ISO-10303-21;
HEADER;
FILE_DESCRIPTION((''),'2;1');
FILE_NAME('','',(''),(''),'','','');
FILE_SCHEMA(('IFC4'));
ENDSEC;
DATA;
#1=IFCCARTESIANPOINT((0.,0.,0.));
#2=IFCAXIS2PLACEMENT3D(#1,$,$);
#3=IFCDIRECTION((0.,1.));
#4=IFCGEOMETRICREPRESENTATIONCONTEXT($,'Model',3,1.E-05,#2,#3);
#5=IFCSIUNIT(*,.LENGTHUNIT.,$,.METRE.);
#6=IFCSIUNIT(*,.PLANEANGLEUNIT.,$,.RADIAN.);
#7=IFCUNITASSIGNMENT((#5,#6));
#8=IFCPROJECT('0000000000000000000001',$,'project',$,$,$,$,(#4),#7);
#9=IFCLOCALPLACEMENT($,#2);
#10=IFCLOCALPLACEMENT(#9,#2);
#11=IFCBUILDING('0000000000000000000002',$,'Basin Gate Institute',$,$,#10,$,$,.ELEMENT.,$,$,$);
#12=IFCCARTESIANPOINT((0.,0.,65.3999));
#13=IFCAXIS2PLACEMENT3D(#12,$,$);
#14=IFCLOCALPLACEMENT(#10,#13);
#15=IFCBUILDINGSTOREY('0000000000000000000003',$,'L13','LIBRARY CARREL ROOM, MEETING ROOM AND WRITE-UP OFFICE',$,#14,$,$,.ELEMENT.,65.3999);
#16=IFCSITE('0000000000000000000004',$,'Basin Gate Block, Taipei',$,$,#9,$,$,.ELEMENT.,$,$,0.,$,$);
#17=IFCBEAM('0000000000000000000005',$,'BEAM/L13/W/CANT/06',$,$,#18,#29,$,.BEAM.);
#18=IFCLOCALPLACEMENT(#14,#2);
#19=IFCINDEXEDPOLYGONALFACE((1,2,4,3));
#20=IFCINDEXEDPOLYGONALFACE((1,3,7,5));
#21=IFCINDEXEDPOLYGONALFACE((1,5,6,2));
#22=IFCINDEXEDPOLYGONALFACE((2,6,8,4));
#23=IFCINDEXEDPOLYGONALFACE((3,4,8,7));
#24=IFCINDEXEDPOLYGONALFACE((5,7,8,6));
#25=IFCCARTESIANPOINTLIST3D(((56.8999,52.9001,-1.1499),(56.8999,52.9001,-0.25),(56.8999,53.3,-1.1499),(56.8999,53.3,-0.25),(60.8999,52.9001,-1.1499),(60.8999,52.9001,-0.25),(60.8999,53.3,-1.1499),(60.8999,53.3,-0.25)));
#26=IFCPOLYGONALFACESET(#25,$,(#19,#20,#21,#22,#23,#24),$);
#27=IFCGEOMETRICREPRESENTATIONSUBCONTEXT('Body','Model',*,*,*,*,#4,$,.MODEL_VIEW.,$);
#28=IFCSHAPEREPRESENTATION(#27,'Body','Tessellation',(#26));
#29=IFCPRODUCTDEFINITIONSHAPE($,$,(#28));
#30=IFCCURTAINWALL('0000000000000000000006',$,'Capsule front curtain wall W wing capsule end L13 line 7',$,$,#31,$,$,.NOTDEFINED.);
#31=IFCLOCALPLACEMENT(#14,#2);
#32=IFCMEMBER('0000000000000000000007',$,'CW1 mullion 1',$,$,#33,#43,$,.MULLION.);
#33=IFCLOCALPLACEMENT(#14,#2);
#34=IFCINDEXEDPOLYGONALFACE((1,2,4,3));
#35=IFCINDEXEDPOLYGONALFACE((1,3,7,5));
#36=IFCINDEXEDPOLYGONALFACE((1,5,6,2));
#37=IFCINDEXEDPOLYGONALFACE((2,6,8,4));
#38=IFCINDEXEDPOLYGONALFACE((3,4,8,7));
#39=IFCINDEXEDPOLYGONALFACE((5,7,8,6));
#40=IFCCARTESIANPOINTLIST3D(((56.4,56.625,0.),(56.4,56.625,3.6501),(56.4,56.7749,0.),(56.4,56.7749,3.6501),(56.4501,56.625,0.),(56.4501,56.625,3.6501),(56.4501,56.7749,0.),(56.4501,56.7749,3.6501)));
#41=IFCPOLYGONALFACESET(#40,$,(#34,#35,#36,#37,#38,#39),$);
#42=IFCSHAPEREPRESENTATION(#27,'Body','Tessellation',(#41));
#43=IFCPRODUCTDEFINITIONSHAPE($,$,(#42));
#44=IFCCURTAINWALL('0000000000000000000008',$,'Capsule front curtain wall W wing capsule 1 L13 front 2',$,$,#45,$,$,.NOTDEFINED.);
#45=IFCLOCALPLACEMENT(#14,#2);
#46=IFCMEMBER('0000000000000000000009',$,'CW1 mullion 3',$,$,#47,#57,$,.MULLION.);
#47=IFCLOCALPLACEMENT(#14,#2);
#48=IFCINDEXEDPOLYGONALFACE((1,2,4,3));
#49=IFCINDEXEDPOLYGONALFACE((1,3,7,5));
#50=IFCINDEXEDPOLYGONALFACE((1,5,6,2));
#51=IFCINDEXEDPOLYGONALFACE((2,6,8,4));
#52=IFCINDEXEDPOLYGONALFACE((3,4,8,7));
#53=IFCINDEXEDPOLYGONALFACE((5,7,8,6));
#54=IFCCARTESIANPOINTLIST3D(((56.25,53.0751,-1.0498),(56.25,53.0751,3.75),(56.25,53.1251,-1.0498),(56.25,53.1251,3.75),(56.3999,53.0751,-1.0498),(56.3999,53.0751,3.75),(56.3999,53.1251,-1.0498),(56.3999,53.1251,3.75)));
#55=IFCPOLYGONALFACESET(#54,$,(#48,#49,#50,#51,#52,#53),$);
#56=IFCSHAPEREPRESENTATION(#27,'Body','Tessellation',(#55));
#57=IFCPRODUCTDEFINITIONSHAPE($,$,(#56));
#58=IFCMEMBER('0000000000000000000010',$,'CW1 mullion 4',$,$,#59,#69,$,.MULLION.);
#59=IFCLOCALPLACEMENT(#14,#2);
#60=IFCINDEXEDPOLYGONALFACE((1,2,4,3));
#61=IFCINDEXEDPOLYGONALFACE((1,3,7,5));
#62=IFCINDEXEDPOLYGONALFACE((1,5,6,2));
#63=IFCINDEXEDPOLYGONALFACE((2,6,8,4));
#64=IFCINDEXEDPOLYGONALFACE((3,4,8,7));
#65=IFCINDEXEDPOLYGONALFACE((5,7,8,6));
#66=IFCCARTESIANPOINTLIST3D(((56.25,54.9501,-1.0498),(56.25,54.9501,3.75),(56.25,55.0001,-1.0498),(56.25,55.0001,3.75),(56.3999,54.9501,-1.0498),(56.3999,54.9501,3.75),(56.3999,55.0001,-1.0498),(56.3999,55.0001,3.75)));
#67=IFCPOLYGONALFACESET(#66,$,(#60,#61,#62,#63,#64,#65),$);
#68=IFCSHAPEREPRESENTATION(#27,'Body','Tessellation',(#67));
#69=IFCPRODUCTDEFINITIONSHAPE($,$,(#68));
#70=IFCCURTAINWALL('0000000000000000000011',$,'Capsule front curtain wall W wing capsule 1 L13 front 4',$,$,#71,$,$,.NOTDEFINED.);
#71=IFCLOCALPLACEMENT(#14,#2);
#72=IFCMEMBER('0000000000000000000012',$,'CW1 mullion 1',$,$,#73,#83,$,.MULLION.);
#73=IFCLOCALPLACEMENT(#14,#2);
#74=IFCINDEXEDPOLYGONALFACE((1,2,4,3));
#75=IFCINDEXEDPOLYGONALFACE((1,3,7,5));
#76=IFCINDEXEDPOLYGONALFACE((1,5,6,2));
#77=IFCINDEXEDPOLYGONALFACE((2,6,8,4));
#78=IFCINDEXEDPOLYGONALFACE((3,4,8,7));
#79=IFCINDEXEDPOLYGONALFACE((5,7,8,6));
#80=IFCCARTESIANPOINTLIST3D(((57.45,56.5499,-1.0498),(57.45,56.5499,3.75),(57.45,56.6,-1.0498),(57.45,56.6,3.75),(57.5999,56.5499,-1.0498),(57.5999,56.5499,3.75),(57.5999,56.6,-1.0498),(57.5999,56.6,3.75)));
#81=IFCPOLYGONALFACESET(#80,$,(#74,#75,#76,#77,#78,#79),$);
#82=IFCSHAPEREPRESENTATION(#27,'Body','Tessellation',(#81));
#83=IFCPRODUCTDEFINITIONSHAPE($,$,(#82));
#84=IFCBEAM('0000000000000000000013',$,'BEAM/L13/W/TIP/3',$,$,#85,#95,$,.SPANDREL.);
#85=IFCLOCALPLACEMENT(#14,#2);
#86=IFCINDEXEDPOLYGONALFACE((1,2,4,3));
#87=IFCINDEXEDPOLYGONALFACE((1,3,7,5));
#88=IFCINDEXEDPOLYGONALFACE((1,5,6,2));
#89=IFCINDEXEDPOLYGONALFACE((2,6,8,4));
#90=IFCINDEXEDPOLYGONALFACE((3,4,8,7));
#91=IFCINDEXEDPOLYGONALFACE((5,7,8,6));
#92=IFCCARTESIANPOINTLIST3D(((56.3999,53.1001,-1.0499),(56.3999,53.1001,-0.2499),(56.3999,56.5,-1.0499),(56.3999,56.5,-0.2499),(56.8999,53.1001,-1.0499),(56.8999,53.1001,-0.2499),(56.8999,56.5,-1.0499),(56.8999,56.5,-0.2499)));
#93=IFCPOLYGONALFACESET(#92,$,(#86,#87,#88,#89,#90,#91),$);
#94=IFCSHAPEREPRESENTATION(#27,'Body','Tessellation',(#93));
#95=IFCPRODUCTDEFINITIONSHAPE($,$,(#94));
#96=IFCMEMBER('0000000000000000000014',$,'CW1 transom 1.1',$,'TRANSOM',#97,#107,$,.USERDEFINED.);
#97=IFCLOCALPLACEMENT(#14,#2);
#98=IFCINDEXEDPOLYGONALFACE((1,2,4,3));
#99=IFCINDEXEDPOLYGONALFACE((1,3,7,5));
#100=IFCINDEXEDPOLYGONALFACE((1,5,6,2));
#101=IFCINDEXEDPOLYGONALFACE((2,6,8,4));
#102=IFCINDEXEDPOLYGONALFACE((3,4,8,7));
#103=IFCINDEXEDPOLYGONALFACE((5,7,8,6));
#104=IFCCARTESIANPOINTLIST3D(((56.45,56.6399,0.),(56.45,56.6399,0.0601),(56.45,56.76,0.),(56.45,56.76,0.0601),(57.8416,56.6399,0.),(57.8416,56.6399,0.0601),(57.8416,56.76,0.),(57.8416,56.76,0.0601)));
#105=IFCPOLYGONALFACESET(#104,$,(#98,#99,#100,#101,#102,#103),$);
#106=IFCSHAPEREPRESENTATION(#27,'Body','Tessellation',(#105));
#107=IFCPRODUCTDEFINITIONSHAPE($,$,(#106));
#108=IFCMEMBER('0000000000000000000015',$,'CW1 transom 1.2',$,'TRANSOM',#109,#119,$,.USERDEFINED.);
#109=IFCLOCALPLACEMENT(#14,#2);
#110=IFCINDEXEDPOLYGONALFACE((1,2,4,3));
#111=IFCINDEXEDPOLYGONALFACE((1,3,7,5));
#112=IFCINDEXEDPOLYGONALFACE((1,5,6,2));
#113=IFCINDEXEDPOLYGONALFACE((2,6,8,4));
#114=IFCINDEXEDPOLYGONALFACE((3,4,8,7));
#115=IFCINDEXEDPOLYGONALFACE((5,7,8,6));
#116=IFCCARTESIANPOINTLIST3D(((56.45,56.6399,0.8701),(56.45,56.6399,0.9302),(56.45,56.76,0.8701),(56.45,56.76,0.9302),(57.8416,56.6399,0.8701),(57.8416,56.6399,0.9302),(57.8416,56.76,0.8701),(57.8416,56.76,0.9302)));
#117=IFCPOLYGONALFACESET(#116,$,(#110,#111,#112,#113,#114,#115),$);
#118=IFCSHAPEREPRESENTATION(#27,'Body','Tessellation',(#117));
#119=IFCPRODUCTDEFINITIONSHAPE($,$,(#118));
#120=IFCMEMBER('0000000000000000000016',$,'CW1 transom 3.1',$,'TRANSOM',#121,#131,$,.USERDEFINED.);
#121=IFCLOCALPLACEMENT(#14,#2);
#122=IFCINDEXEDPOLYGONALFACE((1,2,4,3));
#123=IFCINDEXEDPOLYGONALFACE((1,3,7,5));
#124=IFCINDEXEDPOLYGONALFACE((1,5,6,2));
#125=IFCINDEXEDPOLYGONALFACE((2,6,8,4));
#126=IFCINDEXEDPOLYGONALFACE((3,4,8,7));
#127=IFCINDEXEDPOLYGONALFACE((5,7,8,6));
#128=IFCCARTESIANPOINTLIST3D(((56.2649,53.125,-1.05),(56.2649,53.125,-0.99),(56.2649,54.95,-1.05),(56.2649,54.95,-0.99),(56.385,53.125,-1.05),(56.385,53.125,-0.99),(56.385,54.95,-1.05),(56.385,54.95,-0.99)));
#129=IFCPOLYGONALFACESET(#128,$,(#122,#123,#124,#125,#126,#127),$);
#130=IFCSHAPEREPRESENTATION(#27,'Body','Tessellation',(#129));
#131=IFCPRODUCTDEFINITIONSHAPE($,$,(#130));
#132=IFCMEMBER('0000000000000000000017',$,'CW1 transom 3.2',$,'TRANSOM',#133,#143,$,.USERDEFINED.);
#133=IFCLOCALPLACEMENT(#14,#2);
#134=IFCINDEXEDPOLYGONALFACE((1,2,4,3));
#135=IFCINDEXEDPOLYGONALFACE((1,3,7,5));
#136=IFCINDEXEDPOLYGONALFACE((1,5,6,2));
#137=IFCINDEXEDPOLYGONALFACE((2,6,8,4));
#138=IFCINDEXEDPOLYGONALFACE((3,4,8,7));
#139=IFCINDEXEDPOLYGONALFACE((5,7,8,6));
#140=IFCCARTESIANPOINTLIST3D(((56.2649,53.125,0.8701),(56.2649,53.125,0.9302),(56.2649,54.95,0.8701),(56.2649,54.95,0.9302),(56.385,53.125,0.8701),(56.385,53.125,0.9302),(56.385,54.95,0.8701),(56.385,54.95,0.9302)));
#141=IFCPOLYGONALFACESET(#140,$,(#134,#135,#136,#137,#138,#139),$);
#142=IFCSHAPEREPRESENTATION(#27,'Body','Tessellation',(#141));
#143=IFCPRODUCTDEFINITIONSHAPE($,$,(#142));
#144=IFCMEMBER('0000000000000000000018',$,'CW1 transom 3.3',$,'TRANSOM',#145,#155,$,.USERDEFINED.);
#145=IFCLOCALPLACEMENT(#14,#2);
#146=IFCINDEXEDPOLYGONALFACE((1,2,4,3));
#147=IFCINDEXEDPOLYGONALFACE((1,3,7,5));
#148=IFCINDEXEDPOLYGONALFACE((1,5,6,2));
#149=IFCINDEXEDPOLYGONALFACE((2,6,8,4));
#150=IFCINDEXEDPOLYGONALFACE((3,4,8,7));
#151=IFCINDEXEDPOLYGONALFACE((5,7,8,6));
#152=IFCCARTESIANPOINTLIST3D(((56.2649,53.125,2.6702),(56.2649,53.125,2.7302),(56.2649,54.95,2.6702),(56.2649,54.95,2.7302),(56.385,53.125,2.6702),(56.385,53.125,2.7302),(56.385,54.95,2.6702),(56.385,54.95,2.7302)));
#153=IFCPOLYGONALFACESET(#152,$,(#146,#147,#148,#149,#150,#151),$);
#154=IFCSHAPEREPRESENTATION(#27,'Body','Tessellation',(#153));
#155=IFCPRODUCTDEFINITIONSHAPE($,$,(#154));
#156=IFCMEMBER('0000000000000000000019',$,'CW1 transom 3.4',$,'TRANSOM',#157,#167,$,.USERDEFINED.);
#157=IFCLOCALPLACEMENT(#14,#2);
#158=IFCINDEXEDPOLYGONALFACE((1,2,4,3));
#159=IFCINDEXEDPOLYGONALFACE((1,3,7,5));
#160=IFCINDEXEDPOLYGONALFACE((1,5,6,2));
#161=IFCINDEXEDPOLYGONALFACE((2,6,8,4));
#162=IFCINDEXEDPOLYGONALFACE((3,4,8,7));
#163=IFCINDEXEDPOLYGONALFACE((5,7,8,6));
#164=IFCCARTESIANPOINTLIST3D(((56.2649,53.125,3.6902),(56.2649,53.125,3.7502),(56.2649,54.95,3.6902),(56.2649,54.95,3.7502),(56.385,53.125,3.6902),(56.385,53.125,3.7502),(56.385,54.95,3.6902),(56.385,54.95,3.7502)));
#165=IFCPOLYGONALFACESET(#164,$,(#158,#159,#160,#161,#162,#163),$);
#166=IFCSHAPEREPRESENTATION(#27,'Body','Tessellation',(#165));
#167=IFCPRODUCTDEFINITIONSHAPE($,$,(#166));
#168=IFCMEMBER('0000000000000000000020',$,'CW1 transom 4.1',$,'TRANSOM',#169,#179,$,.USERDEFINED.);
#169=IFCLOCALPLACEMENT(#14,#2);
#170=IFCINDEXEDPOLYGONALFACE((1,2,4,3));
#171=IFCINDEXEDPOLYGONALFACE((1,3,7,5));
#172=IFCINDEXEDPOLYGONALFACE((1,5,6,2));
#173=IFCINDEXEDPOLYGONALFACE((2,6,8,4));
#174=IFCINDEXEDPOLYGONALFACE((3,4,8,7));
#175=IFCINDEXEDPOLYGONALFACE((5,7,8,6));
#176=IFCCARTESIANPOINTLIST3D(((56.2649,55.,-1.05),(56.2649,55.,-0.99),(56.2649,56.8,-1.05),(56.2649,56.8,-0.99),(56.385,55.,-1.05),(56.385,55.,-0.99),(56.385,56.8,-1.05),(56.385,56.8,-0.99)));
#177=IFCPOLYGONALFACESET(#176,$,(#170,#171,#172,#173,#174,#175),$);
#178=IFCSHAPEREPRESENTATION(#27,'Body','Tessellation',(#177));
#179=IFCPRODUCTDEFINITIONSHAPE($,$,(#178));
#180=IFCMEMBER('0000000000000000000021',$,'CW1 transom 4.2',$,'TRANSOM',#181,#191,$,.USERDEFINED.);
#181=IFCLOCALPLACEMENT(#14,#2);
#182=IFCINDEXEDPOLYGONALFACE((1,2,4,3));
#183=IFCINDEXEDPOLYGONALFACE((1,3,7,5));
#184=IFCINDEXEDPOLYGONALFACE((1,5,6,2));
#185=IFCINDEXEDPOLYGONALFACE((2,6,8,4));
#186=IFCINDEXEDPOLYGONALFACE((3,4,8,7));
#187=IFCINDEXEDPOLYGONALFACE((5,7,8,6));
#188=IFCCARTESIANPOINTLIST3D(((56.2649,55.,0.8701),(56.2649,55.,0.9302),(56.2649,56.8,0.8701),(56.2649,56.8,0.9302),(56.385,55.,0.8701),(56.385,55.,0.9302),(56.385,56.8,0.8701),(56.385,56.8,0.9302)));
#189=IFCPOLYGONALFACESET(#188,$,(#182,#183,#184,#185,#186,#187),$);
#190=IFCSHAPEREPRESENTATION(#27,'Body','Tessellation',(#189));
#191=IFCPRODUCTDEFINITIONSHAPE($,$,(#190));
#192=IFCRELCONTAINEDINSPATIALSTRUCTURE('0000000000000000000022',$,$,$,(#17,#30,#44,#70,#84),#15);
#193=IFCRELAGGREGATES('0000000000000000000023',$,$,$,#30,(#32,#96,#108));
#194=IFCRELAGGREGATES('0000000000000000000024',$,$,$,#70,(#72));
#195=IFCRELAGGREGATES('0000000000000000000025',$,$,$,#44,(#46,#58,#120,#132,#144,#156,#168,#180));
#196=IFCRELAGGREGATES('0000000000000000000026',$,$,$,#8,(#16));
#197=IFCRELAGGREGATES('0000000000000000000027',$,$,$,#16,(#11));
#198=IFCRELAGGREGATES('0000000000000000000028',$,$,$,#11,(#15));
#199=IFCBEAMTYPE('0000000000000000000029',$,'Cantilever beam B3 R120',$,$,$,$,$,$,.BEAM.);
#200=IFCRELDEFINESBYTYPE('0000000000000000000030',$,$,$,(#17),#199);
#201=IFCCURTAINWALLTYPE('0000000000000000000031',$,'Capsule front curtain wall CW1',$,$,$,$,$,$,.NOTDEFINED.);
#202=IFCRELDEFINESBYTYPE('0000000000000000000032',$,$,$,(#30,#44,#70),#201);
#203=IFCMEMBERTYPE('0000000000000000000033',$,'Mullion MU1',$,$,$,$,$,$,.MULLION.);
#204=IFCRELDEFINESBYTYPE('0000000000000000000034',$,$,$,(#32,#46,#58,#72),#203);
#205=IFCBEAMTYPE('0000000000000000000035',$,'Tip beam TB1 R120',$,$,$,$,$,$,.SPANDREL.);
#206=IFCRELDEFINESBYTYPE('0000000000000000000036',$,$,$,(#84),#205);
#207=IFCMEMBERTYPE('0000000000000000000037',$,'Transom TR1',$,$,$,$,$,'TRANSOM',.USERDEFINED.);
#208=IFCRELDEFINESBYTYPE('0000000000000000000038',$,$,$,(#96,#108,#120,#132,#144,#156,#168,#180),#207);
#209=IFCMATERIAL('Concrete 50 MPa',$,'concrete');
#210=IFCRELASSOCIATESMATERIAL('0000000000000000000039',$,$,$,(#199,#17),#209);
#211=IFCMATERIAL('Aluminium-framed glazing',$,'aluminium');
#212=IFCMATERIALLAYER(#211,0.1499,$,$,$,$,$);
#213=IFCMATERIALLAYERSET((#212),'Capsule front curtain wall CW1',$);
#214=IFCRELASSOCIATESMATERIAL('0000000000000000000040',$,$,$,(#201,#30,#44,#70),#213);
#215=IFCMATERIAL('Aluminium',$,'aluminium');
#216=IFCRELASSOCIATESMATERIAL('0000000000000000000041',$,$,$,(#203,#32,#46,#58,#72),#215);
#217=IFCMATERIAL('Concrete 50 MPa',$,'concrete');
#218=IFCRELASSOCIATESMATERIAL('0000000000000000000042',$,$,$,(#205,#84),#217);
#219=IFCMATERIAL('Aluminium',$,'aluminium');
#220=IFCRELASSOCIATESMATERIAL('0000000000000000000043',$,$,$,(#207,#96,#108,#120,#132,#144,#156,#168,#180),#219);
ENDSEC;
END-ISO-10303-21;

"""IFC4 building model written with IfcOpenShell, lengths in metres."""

from ifc_helpers import new_model, si_unit, direction, frame, origin, origin_2d, place, context, subcontext, project, spatial, rectangle, extrude, material, layer, layer_set, material_profile, profile_set, type_object, element, aggregate, save


model = new_model("IFC4")

# Units and contexts
model_context = context("Model", 3, precision=1e-05, world=origin(), true_north=direction((0.0, 1.0)))
body_context = subcontext(model_context, "Body", "Model", "MODEL_VIEW")
ifc_project = project(units=[si_unit("LENGTHUNIT", "METRE"), si_unit("PLANEANGLEUNIT", "RADIAN")], contexts=[model_context])

# Site, building, storey
site_placement = place(None, origin())
site = spatial("IfcSite", under=ifc_project, at=site_placement, Name="Basin Gate Block, Taipei", CompositionType="ELEMENT", RefElevation=0.0)
building_placement = place(site_placement, origin())
building = spatial("IfcBuilding", under=site, at=building_placement, Name="Basin Gate Institute", CompositionType="ELEMENT")
storey_placement = place(building_placement, frame((0.0, 0.0, 65.3999)))
storey = spatial("IfcBuildingStorey", under=building, at=storey_placement, Name="L13", Description="LIBRARY CARREL ROOM, MEETING ROOM AND WRITE-UP OFFICE", CompositionType="ELEMENT", Elevation=65.3999)

# Beam
ifc_material_1 = material(Name="Concrete 50 MPa", Category="concrete")
ifc_material_profile_1 = material_profile(ifc_material_1, rectangle(XDim=0.3999, YDim=0.8999, at=origin_2d()), Name="Cantilever beam B3 400 x 900")
ifc_profile_set_1 = profile_set([ifc_material_profile_1], Name="Concrete 50 MPa")
beam_type_1 = type_object("IfcBeamType", Name="Cantilever beam B3 R120", PredefinedType="BEAM", material=ifc_profile_set_1)
beam_1_placement = place(storey_placement, frame((56.8999, 53.1001, -0.7), z_axis=(1.0, 0.0, 0.0), x_axis=(0.0, 1.0, 0.0)))
element("IfcBeam", 1, at=beam_1_placement, inside=storey, type_object=beam_type_1, material=ifc_profile_set_1, Name="BEAM/L13/W/CANT/06", PredefinedType="BEAM", context=body_context, shape_type="SweptSolid", body=[
    extrude(rectangle(XDim=0.3999, YDim=0.8999, at=origin_2d()), origin(), (0.0, 0.0, 1.0), 4.0),
])

# Curtain wall, member
ifc_material_2 = material(Name="Aluminium-framed glazing", Category="aluminium")
ifc_layer_1 = layer(ifc_material_2, 0.1499)
ifc_layer_set_1 = layer_set([ifc_layer_1], Name="Capsule front curtain wall CW1")
curtain_wall_type = type_object("IfcCurtainWallType", Name="Capsule front curtain wall CW1", PredefinedType="NOTDEFINED", material=ifc_layer_set_1)
curtain_wall_1_placement = place(storey_placement, origin())
curtain_wall_1 = element("IfcCurtainWall", 2, at=curtain_wall_1_placement, inside=storey, type_object=curtain_wall_type, material=ifc_layer_set_1, Name="Capsule front curtain wall W wing capsule end L13 line 7", PredefinedType="NOTDEFINED")
ifc_material_3 = material(Name="Aluminium", Category="aluminium")
ifc_material_profile_2 = material_profile(ifc_material_3, rectangle(XDim=0.1499, YDim=0.05, at=origin_2d()), Name="Mullion MU1 150 x 50")
ifc_profile_set_2 = profile_set([ifc_material_profile_2], Name="Aluminium")
member_type_1 = type_object("IfcMemberType", Name="Mullion MU1", PredefinedType="MULLION", material=ifc_profile_set_2)
member_1_placement = place(storey_placement, frame((56.425, 56.7, 0.0), z_axis=(0.0, 0.0, 1.0), x_axis=(0.0, 1.0, 0.0)))
member_1 = element("IfcMember", 3, at=member_1_placement, type_object=member_type_1, material=ifc_profile_set_2, Name="CW1 mullion 1", PredefinedType="MULLION", context=body_context, shape_type="SweptSolid", body=[
    extrude(rectangle(XDim=0.1499, YDim=0.05, at=origin_2d()), origin(), (0.0, 0.0, 1.0), 3.6501),
])

# Curtain wall, members
curtain_wall_2_placement = place(storey_placement, origin())
curtain_wall_2 = element("IfcCurtainWall", 4, at=curtain_wall_2_placement, inside=storey, type_object=curtain_wall_type, material=ifc_layer_set_1, Name="Capsule front curtain wall W wing capsule 1 L13 front 2", PredefinedType="NOTDEFINED")
member_2_placement = place(storey_placement, frame((56.325, 53.1001, -1.0498), z_axis=(0.0, 0.0, 1.0), x_axis=(-1.0, 0.0, 0.0)))
member_2 = element("IfcMember", 5, at=member_2_placement, type_object=member_type_1, material=ifc_profile_set_2, Name="CW1 mullion 3", PredefinedType="MULLION", context=body_context, shape_type="SweptSolid", body=[
    extrude(rectangle(XDim=0.1499, YDim=0.05, at=origin_2d()), origin(), (0.0, 0.0, 1.0), 4.7998),
])
member_3_placement = place(storey_placement, frame((56.325, 54.9751, -1.0498), z_axis=(0.0, 0.0, 1.0), x_axis=(-1.0, 0.0, 0.0)))
member_3 = element("IfcMember", 6, at=member_3_placement, type_object=member_type_1, material=ifc_profile_set_2, Name="CW1 mullion 4", PredefinedType="MULLION", context=body_context, shape_type="SweptSolid", body=[
    extrude(rectangle(XDim=0.1499, YDim=0.05, at=origin_2d()), origin(), (0.0, 0.0, 1.0), 4.7998),
])

# Curtain wall, member
curtain_wall_3_placement = place(storey_placement, origin())
curtain_wall_3 = element("IfcCurtainWall", 7, at=curtain_wall_3_placement, inside=storey, type_object=curtain_wall_type, material=ifc_layer_set_1, Name="Capsule front curtain wall W wing capsule 1 L13 front 4", PredefinedType="NOTDEFINED")
member_4_placement = place(storey_placement, frame((57.5249, 56.575, -1.0498), z_axis=(0.0, 0.0, 1.0), x_axis=(-1.0, 0.0, 0.0)))
member_4 = element("IfcMember", 8, at=member_4_placement, type_object=member_type_1, material=ifc_profile_set_2, Name="CW1 mullion 1", PredefinedType="MULLION", context=body_context, shape_type="SweptSolid", body=[
    extrude(rectangle(XDim=0.1499, YDim=0.05, at=origin_2d()), origin(), (0.0, 0.0, 1.0), 4.7998),
])

# Beam
ifc_material_4 = material(Name="Concrete 50 MPa", Category="concrete")
ifc_material_profile_3 = material_profile(ifc_material_4, rectangle(XDim=0.5, YDim=0.8, at=origin_2d()), Name="Tip beam TB1 500 x 800")
ifc_profile_set_3 = profile_set([ifc_material_profile_3], Name="Concrete 50 MPa")
beam_type_2 = type_object("IfcBeamType", Name="Tip beam TB1 R120", PredefinedType="SPANDREL", material=ifc_profile_set_3)
beam_2_placement = place(storey_placement, frame((56.6499, 53.1001, -0.6499), z_axis=(0.0, 1.0, 0.0), x_axis=(-1.0, 0.0, 0.0)))
element("IfcBeam", 9, at=beam_2_placement, inside=storey, type_object=beam_type_2, material=ifc_profile_set_3, Name="BEAM/L13/W/TIP/3", PredefinedType="SPANDREL", context=body_context, shape_type="SweptSolid", body=[
    extrude(rectangle(XDim=0.5, YDim=0.8, at=origin_2d()), origin(), (0.0, 0.0, 1.0), 3.3999),
])

# Members
ifc_material_5 = material(Name="Aluminium", Category="aluminium")
ifc_material_profile_4 = material_profile(ifc_material_5, rectangle(XDim=0.1201, YDim=0.0601, at=origin_2d()), Name="Transom TR1 120 x 60")
ifc_profile_set_4 = profile_set([ifc_material_profile_4], Name="Aluminium")
member_type_2 = type_object("IfcMemberType", Name="Transom TR1", ElementType="TRANSOM", PredefinedType="USERDEFINED", material=ifc_profile_set_4)
member_5_placement = place(storey_placement, frame((56.45, 56.7, 0.03), z_axis=(1.0, 0.0, 0.0), x_axis=(0.0, 1.0, 0.0)))
member_5 = element("IfcMember", 10, at=member_5_placement, type_object=member_type_2, material=ifc_profile_set_4, Name="CW1 transom 1.1", ObjectType="TRANSOM", PredefinedType="USERDEFINED", context=body_context, shape_type="SweptSolid", body=[
    extrude(rectangle(XDim=0.1201, YDim=0.0601, at=origin_2d()), origin(), (0.0, 0.0, 1.0), 1.3916),
])
member_6_placement = place(storey_placement, frame((56.45, 56.7, 0.9001), z_axis=(1.0, 0.0, 0.0), x_axis=(0.0, 1.0, 0.0)))
member_6 = element("IfcMember", 11, at=member_6_placement, type_object=member_type_2, material=ifc_profile_set_4, Name="CW1 transom 1.2", ObjectType="TRANSOM", PredefinedType="USERDEFINED", context=body_context, shape_type="SweptSolid", body=[
    extrude(rectangle(XDim=0.1201, YDim=0.0601, at=origin_2d()), origin(), (0.0, 0.0, 1.0), 1.3916),
])
aggregate(curtain_wall_1, [member_1, member_5, member_6])
member_7_placement = place(storey_placement, frame((56.325, 53.125, -1.02), z_axis=(0.0, 1.0, 0.0), x_axis=(-1.0, 0.0, 0.0)))
member_7 = element("IfcMember", 12, at=member_7_placement, type_object=member_type_2, material=ifc_profile_set_4, Name="CW1 transom 3.1", ObjectType="TRANSOM", PredefinedType="USERDEFINED", context=body_context, shape_type="SweptSolid", body=[
    extrude(rectangle(XDim=0.1201, YDim=0.0601, at=origin_2d()), origin(), (0.0, 0.0, 1.0), 1.825),
])
member_8_placement = place(storey_placement, frame((56.325, 53.125, 0.9001), z_axis=(0.0, 1.0, 0.0), x_axis=(-1.0, 0.0, 0.0)))
member_8 = element("IfcMember", 13, at=member_8_placement, type_object=member_type_2, material=ifc_profile_set_4, Name="CW1 transom 3.2", ObjectType="TRANSOM", PredefinedType="USERDEFINED", context=body_context, shape_type="SweptSolid", body=[
    extrude(rectangle(XDim=0.1201, YDim=0.0601, at=origin_2d()), origin(), (0.0, 0.0, 1.0), 1.825),
])
member_9_placement = place(storey_placement, frame((56.325, 53.125, 2.7002), z_axis=(0.0, 1.0, 0.0), x_axis=(-1.0, 0.0, 0.0)))
member_9 = element("IfcMember", 14, at=member_9_placement, type_object=member_type_2, material=ifc_profile_set_4, Name="CW1 transom 3.3", ObjectType="TRANSOM", PredefinedType="USERDEFINED", context=body_context, shape_type="SweptSolid", body=[
    extrude(rectangle(XDim=0.1201, YDim=0.0601, at=origin_2d()), origin(), (0.0, 0.0, 1.0), 1.825),
])
member_10_placement = place(storey_placement, frame((56.325, 53.125, 3.7202), z_axis=(0.0, 1.0, 0.0), x_axis=(-1.0, 0.0, 0.0)))
member_10 = element("IfcMember", 15, at=member_10_placement, type_object=member_type_2, material=ifc_profile_set_4, Name="CW1 transom 3.4", ObjectType="TRANSOM", PredefinedType="USERDEFINED", context=body_context, shape_type="SweptSolid", body=[
    extrude(rectangle(XDim=0.1201, YDim=0.0601, at=origin_2d()), origin(), (0.0, 0.0, 1.0), 1.825),
])
member_11_placement = place(storey_placement, frame((56.325, 55.0, -1.02), z_axis=(0.0, 1.0, 0.0), x_axis=(-1.0, 0.0, 0.0)))
member_11 = element("IfcMember", 16, at=member_11_placement, type_object=member_type_2, material=ifc_profile_set_4, Name="CW1 transom 4.1", ObjectType="TRANSOM", PredefinedType="USERDEFINED", context=body_context, shape_type="SweptSolid", body=[
    extrude(rectangle(XDim=0.1201, YDim=0.0601, at=origin_2d()), origin(), (0.0, 0.0, 1.0), 1.8),
])
member_12_placement = place(storey_placement, frame((56.325, 55.0, 0.9001), z_axis=(0.0, 1.0, 0.0), x_axis=(-1.0, 0.0, 0.0)))
member_12 = element("IfcMember", 17, at=member_12_placement, type_object=member_type_2, material=ifc_profile_set_4, Name="CW1 transom 4.2", ObjectType="TRANSOM", PredefinedType="USERDEFINED", context=body_context, shape_type="SweptSolid", body=[
    extrude(rectangle(XDim=0.1201, YDim=0.0601, at=origin_2d()), origin(), (0.0, 0.0, 1.0), 1.8),
])
aggregate(curtain_wall_3, [member_4])

aggregate(curtain_wall_2, [member_2, member_3, member_7, member_8, member_9, member_10, member_11, member_12])

save(model, "model.ifc")
